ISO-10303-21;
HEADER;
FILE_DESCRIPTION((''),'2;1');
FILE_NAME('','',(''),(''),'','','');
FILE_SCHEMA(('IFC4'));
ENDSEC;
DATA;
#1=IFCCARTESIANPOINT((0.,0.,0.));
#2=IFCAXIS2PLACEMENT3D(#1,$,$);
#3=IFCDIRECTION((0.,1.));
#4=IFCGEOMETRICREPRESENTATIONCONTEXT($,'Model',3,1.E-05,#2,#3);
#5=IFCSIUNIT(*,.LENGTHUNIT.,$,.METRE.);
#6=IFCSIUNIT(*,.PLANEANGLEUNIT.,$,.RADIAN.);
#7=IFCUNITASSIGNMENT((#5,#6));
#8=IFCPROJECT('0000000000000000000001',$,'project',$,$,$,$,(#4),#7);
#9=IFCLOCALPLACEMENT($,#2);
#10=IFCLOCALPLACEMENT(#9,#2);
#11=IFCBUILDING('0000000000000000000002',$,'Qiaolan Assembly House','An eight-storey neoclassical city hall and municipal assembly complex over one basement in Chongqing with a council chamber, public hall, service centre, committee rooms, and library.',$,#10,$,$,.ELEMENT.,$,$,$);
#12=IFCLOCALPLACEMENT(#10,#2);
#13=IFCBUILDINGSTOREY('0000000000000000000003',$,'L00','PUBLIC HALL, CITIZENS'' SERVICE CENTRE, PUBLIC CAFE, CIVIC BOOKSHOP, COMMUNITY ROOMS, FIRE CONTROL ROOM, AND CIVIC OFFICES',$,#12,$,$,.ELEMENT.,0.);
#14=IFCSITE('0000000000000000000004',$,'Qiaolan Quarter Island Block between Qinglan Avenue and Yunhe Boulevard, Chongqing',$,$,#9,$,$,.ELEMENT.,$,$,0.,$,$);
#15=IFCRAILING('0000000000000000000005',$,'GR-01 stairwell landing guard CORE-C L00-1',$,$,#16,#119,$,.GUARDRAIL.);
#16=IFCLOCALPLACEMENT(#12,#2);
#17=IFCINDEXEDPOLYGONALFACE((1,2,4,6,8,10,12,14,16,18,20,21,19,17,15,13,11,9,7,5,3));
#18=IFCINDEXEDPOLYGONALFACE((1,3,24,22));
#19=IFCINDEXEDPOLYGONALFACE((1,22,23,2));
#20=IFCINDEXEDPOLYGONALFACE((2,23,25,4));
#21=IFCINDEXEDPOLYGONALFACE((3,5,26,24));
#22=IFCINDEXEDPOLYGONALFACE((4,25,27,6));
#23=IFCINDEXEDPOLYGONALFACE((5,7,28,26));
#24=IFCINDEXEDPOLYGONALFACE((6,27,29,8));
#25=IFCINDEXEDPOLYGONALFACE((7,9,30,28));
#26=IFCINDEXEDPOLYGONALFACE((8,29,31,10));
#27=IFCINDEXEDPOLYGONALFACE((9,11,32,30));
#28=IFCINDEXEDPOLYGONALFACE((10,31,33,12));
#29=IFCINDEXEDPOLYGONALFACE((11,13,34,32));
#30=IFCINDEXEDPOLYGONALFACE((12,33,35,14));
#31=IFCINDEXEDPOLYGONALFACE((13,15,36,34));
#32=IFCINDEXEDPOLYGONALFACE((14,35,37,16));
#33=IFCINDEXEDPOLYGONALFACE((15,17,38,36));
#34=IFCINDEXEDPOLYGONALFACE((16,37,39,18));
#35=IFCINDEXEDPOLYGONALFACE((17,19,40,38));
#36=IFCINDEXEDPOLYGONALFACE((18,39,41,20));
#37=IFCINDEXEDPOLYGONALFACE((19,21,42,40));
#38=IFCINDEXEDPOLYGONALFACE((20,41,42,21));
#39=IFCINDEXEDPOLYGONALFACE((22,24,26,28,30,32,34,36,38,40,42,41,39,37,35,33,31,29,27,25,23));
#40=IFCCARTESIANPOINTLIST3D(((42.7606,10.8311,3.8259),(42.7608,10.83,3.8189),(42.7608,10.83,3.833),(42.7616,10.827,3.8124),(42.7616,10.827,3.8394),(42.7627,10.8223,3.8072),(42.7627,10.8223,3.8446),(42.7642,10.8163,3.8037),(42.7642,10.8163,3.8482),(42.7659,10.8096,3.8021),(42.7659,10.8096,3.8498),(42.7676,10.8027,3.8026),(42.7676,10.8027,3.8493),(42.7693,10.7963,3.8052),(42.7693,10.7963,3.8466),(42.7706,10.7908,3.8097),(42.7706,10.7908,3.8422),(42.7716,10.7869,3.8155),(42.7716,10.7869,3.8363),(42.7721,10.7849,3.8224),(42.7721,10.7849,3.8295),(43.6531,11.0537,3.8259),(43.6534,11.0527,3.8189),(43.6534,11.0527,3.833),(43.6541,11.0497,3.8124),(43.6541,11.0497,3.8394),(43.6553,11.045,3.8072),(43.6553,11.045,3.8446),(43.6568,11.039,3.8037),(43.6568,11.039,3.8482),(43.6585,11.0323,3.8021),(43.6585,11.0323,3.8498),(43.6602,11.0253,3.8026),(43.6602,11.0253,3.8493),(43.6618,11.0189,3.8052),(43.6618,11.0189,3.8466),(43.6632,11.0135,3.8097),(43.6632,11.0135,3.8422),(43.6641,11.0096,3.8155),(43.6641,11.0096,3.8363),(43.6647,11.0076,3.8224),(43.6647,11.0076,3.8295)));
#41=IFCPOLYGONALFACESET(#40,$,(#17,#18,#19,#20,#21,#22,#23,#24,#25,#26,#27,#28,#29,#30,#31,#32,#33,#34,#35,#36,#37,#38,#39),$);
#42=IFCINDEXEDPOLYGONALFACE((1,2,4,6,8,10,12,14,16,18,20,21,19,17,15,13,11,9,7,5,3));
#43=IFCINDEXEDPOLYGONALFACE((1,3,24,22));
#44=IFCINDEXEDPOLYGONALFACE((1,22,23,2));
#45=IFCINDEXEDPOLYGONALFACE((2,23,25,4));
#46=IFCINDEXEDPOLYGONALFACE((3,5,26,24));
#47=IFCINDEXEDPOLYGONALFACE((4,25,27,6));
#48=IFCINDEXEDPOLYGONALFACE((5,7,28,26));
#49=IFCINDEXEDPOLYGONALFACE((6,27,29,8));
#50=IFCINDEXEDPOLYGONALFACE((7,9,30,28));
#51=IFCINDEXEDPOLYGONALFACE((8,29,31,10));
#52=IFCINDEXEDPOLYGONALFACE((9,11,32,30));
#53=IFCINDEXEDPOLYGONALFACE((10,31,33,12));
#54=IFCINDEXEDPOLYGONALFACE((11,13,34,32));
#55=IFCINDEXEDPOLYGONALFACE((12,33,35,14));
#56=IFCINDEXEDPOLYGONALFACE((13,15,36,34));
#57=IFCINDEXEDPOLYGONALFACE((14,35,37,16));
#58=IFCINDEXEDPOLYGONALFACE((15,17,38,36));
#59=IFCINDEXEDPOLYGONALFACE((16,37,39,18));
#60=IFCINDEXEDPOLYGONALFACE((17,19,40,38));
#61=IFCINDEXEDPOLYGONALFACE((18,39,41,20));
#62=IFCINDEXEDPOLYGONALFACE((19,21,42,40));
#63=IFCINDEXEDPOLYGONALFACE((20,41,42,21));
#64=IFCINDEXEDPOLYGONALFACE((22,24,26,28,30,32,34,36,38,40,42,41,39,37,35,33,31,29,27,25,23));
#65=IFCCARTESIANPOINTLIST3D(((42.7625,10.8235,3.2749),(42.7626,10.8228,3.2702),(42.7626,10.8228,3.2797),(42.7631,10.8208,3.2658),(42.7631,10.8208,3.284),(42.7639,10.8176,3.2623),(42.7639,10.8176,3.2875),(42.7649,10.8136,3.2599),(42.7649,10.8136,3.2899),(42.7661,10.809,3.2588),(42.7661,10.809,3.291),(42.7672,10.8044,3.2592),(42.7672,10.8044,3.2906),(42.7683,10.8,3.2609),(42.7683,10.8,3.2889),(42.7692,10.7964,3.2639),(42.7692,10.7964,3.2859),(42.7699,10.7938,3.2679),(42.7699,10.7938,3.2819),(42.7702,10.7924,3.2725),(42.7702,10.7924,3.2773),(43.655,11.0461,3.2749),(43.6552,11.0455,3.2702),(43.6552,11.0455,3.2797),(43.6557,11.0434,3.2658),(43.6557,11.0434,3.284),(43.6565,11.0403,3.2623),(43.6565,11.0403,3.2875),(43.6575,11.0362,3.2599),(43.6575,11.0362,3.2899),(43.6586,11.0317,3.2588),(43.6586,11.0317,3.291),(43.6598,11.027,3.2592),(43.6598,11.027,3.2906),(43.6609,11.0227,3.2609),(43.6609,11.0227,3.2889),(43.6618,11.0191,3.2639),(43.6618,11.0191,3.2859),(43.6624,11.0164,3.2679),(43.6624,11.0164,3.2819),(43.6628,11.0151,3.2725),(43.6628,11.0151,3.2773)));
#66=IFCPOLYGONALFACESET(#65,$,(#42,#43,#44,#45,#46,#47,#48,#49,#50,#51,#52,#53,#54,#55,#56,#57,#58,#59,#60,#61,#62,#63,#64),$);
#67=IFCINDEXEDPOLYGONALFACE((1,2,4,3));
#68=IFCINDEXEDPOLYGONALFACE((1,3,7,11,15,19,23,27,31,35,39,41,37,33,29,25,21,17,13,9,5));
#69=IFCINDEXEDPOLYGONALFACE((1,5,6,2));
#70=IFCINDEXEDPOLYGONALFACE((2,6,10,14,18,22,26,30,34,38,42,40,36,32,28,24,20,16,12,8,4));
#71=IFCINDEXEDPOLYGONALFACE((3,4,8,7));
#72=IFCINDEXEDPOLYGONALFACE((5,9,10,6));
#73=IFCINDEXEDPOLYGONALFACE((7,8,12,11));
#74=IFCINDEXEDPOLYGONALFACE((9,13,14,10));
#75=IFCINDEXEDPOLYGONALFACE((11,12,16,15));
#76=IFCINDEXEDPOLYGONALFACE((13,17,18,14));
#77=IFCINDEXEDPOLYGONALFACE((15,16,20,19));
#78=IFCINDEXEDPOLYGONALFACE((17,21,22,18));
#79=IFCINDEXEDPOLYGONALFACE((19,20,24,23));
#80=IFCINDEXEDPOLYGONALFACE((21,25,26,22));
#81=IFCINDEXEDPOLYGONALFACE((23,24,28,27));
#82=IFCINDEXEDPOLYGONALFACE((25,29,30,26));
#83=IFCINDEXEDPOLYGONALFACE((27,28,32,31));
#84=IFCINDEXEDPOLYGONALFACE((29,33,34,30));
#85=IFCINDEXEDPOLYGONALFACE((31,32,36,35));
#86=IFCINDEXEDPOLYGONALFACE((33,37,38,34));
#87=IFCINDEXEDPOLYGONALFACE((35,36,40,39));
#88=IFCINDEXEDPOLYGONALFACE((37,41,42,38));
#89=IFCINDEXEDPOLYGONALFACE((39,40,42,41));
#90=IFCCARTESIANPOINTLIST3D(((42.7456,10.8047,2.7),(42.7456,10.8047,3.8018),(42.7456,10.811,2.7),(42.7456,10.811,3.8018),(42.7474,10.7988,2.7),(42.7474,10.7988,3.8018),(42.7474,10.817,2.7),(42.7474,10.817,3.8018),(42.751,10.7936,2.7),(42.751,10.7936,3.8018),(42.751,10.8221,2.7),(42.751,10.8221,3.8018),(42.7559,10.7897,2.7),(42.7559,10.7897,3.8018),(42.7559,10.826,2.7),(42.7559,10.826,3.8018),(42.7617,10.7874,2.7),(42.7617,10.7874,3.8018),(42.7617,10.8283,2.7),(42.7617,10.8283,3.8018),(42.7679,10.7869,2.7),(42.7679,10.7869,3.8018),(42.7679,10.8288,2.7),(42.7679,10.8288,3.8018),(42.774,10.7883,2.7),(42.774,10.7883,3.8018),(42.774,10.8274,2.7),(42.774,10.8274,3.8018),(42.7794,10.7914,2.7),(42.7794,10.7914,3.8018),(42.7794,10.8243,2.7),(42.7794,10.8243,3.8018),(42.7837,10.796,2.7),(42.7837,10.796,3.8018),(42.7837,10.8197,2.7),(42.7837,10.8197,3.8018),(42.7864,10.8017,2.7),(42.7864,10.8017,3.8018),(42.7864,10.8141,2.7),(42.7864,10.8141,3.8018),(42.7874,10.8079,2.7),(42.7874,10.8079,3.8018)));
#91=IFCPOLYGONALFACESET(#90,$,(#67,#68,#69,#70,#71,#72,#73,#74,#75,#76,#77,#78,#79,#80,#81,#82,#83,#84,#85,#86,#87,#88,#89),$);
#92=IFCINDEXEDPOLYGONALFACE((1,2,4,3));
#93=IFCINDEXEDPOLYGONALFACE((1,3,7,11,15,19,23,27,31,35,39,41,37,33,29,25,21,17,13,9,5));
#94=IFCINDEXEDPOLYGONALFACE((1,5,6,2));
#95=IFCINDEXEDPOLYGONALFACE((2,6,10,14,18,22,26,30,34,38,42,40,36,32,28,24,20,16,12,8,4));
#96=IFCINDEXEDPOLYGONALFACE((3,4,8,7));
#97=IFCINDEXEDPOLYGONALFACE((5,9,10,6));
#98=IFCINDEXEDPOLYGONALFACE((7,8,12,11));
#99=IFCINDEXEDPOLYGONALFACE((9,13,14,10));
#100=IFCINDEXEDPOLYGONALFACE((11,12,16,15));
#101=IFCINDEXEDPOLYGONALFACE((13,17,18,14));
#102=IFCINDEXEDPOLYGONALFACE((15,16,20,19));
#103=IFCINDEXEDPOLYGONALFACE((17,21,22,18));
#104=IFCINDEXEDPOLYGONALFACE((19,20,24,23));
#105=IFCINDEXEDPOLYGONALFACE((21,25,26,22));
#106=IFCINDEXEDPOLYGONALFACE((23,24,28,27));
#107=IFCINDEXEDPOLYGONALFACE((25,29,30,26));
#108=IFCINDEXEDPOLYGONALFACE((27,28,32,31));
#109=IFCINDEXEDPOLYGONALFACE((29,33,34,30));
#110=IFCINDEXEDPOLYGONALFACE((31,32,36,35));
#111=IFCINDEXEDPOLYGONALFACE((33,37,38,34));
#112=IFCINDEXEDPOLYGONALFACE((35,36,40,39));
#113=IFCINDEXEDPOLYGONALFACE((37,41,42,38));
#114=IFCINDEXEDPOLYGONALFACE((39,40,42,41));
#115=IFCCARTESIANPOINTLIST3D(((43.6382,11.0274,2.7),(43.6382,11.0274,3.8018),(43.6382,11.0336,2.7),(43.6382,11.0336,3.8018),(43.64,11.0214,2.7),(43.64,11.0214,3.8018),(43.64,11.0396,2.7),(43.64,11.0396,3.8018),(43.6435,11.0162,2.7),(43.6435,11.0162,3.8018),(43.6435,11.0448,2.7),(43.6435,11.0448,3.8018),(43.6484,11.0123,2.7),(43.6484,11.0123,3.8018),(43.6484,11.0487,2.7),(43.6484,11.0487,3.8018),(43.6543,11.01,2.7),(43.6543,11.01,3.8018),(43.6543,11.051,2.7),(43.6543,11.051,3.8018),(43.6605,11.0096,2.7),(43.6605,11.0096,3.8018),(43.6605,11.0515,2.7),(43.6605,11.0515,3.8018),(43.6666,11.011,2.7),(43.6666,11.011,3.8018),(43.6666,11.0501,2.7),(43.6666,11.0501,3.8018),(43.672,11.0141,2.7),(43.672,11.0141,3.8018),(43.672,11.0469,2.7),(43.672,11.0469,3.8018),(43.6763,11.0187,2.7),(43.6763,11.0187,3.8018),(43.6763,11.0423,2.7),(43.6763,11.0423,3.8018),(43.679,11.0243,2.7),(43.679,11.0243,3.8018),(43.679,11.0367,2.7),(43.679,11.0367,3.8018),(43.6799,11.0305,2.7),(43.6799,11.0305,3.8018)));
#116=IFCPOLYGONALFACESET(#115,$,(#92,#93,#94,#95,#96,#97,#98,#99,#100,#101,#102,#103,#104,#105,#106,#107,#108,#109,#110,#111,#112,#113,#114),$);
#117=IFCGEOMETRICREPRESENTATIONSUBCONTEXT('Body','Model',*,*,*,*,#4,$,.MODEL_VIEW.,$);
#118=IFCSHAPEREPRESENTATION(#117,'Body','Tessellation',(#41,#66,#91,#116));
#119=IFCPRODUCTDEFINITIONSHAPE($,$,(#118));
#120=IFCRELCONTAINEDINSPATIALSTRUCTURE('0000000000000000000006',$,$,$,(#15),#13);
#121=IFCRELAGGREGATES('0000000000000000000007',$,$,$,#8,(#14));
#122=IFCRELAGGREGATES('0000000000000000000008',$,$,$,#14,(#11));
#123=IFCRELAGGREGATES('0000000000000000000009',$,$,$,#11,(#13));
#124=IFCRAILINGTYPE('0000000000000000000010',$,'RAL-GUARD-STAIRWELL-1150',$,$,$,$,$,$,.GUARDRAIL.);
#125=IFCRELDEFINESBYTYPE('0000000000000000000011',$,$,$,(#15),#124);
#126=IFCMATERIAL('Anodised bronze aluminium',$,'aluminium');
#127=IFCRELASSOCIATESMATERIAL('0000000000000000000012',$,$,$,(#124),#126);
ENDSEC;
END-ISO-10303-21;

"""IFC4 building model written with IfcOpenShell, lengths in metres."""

from ifc_helpers import new_model, si_unit, direction, frame, origin, origin_2d, place, context, subcontext, project, spatial, circle, extrude, material, type_object, element, save


model = new_model("IFC4")

# Units and contexts
model_context = context("Model", 3, precision=1e-05, world=origin(), true_north=direction((0.0, 1.0)))
body_context = subcontext(model_context, "Body", "Model", "MODEL_VIEW")
ifc_project = project(units=[si_unit("LENGTHUNIT", "METRE"), si_unit("PLANEANGLEUNIT", "RADIAN")], contexts=[model_context])

# Site, building, storey
site_placement = place(None, origin())
site = spatial("IfcSite", under=ifc_project, at=site_placement, Name="Qiaolan Quarter Island Block between Qinglan Avenue and Yunhe Boulevard, Chongqing", CompositionType="ELEMENT", RefElevation=0.0)
building_placement = place(site_placement, origin())
building = spatial("IfcBuilding", under=site, at=building_placement, Name="Qiaolan Assembly House", Description="An eight-storey neoclassical city hall and municipal assembly complex over one basement in Chongqing with a council chamber, public hall, service centre, committee rooms, and library.", CompositionType="ELEMENT")
storey_placement = place(building_placement, origin())
storey = spatial("IfcBuildingStorey", under=building, at=storey_placement, Name="L00", Description="PUBLIC HALL, CITIZENS' SERVICE CENTRE, PUBLIC CAFE, CIVIC BOOKSHOP, COMMUNITY ROOMS, FIRE CONTROL ROOM, AND CIVIC OFFICES", CompositionType="ELEMENT", Elevation=0.0)

# Railing
ifc_material_1 = material(Name="Anodised bronze aluminium", Category="aluminium")
railing_type_1 = type_object("IfcRailingType", Name="RAL-GUARD-STAIRWELL-1150", PredefinedType="GUARDRAIL", material=ifc_material_1)
railing_1_placement = place(storey_placement, frame((42.7664, 10.8079, 2.7)))
element("IfcRailing", 1, at=railing_1_placement, inside=storey, type_object=railing_type_1, Name="GR-01 stairwell landing guard CORE-C L00-1", PredefinedType="GUARDRAIL", context=body_context, shape_type="SweptSolid", body=[
    extrude(circle(Radius=0.0239, at=origin_2d()), frame((0.0, 0.0, 1.126), z_axis=(0.970267, 0.242036, 0.0), x_axis=(-0.242036, 0.970267, 0.0)), (0.0, 0.0, 1.0), 0.9199),
    extrude(circle(Radius=0.0161, at=origin_2d()), frame((0.0, 0.0, 0.575), z_axis=(0.970267, 0.242036, 0.0), x_axis=(-0.242036, 0.970267, 0.0)), (0.0, 0.0, 1.0), 0.9199),
    extrude(circle(Radius=0.021, at=origin_2d()), origin(), (0.0, 0.0, 1.0), 1.1018),
    extrude(circle(Radius=0.021, at=origin_2d()), frame((0.8926, 0.2227, 0.0)), (0.0, 0.0, 1.0), 1.1018),
])

save(model, "model.ifc")
